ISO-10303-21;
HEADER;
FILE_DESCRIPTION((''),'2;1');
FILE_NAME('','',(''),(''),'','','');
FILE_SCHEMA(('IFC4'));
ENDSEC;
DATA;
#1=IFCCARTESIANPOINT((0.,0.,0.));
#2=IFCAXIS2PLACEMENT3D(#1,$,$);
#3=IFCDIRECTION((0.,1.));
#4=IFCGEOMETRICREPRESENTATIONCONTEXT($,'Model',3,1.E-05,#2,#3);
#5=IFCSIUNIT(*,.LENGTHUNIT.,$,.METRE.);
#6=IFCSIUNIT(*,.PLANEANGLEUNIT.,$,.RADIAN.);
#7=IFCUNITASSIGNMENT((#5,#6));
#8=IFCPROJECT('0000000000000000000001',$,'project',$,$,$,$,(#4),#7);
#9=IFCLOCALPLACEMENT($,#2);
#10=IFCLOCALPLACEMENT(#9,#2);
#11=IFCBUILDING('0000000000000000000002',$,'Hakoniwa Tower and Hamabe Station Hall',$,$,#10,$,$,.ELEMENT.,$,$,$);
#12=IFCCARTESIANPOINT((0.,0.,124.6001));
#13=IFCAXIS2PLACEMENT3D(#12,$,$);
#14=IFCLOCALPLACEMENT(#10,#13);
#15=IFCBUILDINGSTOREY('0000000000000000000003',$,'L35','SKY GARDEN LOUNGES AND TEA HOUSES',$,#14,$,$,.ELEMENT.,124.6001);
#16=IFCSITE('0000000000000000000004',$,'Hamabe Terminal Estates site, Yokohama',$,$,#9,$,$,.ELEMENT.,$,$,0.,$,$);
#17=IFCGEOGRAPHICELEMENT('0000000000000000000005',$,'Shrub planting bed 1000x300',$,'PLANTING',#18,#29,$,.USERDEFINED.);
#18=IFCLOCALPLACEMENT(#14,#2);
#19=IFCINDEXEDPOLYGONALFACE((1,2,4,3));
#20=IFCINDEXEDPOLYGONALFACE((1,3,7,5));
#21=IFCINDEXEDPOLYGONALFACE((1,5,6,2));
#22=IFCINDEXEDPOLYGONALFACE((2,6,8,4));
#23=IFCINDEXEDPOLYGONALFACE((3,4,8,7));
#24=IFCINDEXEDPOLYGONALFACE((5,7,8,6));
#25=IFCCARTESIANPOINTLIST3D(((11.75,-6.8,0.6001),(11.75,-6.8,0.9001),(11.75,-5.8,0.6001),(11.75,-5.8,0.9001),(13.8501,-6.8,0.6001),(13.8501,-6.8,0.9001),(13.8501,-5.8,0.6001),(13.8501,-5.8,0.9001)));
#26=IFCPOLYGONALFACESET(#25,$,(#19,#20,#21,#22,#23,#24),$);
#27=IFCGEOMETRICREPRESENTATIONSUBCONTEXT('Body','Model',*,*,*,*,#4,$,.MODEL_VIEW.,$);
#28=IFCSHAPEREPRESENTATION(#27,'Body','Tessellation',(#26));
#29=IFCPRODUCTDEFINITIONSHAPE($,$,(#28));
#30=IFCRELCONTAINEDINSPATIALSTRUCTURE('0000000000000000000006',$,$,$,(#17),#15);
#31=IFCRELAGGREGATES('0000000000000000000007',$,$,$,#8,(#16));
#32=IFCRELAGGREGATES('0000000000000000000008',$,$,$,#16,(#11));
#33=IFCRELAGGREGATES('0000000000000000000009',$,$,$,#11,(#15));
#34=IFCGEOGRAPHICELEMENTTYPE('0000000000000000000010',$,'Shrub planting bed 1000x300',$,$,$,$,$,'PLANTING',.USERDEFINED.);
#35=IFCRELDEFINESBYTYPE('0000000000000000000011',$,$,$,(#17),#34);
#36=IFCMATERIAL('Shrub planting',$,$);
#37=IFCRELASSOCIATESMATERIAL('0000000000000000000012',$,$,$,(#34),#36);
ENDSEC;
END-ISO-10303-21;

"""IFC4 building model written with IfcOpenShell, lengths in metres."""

from ifc_helpers import new_model, si_unit, direction, frame, origin, origin_2d, place, context, subcontext, project, spatial, rectangle, extrude, material, type_object, element, save


model = new_model("IFC4")

# Units and contexts
model_context = context("Model", 3, precision=1e-05, world=origin(), true_north=direction((0.0, 1.0)))
body_context = subcontext(model_context, "Body", "Model", "MODEL_VIEW")
ifc_project = project(units=[si_unit("LENGTHUNIT", "METRE"), si_unit("PLANEANGLEUNIT", "RADIAN")], contexts=[model_context])

# Site, building, storey
site_placement = place(None, origin())
site = spatial("IfcSite", under=ifc_project, at=site_placement, Name="Hamabe Terminal Estates site, Yokohama", CompositionType="ELEMENT", RefElevation=0.0)
building_placement = place(site_placement, origin())
building = spatial("IfcBuilding", under=site, at=building_placement, Name="Hakoniwa Tower and Hamabe Station Hall", CompositionType="ELEMENT")
storey_placement = place(building_placement, frame((0.0, 0.0, 124.6001)))
storey = spatial("IfcBuildingStorey", under=building, at=storey_placement, Name="L35", Description="SKY GARDEN LOUNGES AND TEA HOUSES", CompositionType="ELEMENT", Elevation=124.6001)

# Geographic element
ifc_material_1 = material(Name="Shrub planting")
geographic_element_type = type_object("IfcGeographicElementType", Name="Shrub planting bed 1000x300", ElementType="PLANTING", PredefinedType="USERDEFINED", material=ifc_material_1)
for number, where, z_axis, x_axis, name in (
    (1, (12.8, -6.3, 0.6001), (0.0, 0.0, 1.0), (1.0, 0.0, 0.0), "Shrub planting bed 1000x300"),
):
    element("IfcGeographicElement", number, at=place(storey_placement, frame(where, z_axis=z_axis, x_axis=x_axis)), inside=storey, type_object=geographic_element_type, Name=name, ObjectType="PLANTING", PredefinedType="USERDEFINED", context=body_context, shape_type="SweptSolid", body=[
        extrude(rectangle(XDim=2.1001, YDim=1.0, at=origin_2d()), origin(), (0.0, 0.0, 1.0), 0.3),
    ])

save(model, "model.ifc")
